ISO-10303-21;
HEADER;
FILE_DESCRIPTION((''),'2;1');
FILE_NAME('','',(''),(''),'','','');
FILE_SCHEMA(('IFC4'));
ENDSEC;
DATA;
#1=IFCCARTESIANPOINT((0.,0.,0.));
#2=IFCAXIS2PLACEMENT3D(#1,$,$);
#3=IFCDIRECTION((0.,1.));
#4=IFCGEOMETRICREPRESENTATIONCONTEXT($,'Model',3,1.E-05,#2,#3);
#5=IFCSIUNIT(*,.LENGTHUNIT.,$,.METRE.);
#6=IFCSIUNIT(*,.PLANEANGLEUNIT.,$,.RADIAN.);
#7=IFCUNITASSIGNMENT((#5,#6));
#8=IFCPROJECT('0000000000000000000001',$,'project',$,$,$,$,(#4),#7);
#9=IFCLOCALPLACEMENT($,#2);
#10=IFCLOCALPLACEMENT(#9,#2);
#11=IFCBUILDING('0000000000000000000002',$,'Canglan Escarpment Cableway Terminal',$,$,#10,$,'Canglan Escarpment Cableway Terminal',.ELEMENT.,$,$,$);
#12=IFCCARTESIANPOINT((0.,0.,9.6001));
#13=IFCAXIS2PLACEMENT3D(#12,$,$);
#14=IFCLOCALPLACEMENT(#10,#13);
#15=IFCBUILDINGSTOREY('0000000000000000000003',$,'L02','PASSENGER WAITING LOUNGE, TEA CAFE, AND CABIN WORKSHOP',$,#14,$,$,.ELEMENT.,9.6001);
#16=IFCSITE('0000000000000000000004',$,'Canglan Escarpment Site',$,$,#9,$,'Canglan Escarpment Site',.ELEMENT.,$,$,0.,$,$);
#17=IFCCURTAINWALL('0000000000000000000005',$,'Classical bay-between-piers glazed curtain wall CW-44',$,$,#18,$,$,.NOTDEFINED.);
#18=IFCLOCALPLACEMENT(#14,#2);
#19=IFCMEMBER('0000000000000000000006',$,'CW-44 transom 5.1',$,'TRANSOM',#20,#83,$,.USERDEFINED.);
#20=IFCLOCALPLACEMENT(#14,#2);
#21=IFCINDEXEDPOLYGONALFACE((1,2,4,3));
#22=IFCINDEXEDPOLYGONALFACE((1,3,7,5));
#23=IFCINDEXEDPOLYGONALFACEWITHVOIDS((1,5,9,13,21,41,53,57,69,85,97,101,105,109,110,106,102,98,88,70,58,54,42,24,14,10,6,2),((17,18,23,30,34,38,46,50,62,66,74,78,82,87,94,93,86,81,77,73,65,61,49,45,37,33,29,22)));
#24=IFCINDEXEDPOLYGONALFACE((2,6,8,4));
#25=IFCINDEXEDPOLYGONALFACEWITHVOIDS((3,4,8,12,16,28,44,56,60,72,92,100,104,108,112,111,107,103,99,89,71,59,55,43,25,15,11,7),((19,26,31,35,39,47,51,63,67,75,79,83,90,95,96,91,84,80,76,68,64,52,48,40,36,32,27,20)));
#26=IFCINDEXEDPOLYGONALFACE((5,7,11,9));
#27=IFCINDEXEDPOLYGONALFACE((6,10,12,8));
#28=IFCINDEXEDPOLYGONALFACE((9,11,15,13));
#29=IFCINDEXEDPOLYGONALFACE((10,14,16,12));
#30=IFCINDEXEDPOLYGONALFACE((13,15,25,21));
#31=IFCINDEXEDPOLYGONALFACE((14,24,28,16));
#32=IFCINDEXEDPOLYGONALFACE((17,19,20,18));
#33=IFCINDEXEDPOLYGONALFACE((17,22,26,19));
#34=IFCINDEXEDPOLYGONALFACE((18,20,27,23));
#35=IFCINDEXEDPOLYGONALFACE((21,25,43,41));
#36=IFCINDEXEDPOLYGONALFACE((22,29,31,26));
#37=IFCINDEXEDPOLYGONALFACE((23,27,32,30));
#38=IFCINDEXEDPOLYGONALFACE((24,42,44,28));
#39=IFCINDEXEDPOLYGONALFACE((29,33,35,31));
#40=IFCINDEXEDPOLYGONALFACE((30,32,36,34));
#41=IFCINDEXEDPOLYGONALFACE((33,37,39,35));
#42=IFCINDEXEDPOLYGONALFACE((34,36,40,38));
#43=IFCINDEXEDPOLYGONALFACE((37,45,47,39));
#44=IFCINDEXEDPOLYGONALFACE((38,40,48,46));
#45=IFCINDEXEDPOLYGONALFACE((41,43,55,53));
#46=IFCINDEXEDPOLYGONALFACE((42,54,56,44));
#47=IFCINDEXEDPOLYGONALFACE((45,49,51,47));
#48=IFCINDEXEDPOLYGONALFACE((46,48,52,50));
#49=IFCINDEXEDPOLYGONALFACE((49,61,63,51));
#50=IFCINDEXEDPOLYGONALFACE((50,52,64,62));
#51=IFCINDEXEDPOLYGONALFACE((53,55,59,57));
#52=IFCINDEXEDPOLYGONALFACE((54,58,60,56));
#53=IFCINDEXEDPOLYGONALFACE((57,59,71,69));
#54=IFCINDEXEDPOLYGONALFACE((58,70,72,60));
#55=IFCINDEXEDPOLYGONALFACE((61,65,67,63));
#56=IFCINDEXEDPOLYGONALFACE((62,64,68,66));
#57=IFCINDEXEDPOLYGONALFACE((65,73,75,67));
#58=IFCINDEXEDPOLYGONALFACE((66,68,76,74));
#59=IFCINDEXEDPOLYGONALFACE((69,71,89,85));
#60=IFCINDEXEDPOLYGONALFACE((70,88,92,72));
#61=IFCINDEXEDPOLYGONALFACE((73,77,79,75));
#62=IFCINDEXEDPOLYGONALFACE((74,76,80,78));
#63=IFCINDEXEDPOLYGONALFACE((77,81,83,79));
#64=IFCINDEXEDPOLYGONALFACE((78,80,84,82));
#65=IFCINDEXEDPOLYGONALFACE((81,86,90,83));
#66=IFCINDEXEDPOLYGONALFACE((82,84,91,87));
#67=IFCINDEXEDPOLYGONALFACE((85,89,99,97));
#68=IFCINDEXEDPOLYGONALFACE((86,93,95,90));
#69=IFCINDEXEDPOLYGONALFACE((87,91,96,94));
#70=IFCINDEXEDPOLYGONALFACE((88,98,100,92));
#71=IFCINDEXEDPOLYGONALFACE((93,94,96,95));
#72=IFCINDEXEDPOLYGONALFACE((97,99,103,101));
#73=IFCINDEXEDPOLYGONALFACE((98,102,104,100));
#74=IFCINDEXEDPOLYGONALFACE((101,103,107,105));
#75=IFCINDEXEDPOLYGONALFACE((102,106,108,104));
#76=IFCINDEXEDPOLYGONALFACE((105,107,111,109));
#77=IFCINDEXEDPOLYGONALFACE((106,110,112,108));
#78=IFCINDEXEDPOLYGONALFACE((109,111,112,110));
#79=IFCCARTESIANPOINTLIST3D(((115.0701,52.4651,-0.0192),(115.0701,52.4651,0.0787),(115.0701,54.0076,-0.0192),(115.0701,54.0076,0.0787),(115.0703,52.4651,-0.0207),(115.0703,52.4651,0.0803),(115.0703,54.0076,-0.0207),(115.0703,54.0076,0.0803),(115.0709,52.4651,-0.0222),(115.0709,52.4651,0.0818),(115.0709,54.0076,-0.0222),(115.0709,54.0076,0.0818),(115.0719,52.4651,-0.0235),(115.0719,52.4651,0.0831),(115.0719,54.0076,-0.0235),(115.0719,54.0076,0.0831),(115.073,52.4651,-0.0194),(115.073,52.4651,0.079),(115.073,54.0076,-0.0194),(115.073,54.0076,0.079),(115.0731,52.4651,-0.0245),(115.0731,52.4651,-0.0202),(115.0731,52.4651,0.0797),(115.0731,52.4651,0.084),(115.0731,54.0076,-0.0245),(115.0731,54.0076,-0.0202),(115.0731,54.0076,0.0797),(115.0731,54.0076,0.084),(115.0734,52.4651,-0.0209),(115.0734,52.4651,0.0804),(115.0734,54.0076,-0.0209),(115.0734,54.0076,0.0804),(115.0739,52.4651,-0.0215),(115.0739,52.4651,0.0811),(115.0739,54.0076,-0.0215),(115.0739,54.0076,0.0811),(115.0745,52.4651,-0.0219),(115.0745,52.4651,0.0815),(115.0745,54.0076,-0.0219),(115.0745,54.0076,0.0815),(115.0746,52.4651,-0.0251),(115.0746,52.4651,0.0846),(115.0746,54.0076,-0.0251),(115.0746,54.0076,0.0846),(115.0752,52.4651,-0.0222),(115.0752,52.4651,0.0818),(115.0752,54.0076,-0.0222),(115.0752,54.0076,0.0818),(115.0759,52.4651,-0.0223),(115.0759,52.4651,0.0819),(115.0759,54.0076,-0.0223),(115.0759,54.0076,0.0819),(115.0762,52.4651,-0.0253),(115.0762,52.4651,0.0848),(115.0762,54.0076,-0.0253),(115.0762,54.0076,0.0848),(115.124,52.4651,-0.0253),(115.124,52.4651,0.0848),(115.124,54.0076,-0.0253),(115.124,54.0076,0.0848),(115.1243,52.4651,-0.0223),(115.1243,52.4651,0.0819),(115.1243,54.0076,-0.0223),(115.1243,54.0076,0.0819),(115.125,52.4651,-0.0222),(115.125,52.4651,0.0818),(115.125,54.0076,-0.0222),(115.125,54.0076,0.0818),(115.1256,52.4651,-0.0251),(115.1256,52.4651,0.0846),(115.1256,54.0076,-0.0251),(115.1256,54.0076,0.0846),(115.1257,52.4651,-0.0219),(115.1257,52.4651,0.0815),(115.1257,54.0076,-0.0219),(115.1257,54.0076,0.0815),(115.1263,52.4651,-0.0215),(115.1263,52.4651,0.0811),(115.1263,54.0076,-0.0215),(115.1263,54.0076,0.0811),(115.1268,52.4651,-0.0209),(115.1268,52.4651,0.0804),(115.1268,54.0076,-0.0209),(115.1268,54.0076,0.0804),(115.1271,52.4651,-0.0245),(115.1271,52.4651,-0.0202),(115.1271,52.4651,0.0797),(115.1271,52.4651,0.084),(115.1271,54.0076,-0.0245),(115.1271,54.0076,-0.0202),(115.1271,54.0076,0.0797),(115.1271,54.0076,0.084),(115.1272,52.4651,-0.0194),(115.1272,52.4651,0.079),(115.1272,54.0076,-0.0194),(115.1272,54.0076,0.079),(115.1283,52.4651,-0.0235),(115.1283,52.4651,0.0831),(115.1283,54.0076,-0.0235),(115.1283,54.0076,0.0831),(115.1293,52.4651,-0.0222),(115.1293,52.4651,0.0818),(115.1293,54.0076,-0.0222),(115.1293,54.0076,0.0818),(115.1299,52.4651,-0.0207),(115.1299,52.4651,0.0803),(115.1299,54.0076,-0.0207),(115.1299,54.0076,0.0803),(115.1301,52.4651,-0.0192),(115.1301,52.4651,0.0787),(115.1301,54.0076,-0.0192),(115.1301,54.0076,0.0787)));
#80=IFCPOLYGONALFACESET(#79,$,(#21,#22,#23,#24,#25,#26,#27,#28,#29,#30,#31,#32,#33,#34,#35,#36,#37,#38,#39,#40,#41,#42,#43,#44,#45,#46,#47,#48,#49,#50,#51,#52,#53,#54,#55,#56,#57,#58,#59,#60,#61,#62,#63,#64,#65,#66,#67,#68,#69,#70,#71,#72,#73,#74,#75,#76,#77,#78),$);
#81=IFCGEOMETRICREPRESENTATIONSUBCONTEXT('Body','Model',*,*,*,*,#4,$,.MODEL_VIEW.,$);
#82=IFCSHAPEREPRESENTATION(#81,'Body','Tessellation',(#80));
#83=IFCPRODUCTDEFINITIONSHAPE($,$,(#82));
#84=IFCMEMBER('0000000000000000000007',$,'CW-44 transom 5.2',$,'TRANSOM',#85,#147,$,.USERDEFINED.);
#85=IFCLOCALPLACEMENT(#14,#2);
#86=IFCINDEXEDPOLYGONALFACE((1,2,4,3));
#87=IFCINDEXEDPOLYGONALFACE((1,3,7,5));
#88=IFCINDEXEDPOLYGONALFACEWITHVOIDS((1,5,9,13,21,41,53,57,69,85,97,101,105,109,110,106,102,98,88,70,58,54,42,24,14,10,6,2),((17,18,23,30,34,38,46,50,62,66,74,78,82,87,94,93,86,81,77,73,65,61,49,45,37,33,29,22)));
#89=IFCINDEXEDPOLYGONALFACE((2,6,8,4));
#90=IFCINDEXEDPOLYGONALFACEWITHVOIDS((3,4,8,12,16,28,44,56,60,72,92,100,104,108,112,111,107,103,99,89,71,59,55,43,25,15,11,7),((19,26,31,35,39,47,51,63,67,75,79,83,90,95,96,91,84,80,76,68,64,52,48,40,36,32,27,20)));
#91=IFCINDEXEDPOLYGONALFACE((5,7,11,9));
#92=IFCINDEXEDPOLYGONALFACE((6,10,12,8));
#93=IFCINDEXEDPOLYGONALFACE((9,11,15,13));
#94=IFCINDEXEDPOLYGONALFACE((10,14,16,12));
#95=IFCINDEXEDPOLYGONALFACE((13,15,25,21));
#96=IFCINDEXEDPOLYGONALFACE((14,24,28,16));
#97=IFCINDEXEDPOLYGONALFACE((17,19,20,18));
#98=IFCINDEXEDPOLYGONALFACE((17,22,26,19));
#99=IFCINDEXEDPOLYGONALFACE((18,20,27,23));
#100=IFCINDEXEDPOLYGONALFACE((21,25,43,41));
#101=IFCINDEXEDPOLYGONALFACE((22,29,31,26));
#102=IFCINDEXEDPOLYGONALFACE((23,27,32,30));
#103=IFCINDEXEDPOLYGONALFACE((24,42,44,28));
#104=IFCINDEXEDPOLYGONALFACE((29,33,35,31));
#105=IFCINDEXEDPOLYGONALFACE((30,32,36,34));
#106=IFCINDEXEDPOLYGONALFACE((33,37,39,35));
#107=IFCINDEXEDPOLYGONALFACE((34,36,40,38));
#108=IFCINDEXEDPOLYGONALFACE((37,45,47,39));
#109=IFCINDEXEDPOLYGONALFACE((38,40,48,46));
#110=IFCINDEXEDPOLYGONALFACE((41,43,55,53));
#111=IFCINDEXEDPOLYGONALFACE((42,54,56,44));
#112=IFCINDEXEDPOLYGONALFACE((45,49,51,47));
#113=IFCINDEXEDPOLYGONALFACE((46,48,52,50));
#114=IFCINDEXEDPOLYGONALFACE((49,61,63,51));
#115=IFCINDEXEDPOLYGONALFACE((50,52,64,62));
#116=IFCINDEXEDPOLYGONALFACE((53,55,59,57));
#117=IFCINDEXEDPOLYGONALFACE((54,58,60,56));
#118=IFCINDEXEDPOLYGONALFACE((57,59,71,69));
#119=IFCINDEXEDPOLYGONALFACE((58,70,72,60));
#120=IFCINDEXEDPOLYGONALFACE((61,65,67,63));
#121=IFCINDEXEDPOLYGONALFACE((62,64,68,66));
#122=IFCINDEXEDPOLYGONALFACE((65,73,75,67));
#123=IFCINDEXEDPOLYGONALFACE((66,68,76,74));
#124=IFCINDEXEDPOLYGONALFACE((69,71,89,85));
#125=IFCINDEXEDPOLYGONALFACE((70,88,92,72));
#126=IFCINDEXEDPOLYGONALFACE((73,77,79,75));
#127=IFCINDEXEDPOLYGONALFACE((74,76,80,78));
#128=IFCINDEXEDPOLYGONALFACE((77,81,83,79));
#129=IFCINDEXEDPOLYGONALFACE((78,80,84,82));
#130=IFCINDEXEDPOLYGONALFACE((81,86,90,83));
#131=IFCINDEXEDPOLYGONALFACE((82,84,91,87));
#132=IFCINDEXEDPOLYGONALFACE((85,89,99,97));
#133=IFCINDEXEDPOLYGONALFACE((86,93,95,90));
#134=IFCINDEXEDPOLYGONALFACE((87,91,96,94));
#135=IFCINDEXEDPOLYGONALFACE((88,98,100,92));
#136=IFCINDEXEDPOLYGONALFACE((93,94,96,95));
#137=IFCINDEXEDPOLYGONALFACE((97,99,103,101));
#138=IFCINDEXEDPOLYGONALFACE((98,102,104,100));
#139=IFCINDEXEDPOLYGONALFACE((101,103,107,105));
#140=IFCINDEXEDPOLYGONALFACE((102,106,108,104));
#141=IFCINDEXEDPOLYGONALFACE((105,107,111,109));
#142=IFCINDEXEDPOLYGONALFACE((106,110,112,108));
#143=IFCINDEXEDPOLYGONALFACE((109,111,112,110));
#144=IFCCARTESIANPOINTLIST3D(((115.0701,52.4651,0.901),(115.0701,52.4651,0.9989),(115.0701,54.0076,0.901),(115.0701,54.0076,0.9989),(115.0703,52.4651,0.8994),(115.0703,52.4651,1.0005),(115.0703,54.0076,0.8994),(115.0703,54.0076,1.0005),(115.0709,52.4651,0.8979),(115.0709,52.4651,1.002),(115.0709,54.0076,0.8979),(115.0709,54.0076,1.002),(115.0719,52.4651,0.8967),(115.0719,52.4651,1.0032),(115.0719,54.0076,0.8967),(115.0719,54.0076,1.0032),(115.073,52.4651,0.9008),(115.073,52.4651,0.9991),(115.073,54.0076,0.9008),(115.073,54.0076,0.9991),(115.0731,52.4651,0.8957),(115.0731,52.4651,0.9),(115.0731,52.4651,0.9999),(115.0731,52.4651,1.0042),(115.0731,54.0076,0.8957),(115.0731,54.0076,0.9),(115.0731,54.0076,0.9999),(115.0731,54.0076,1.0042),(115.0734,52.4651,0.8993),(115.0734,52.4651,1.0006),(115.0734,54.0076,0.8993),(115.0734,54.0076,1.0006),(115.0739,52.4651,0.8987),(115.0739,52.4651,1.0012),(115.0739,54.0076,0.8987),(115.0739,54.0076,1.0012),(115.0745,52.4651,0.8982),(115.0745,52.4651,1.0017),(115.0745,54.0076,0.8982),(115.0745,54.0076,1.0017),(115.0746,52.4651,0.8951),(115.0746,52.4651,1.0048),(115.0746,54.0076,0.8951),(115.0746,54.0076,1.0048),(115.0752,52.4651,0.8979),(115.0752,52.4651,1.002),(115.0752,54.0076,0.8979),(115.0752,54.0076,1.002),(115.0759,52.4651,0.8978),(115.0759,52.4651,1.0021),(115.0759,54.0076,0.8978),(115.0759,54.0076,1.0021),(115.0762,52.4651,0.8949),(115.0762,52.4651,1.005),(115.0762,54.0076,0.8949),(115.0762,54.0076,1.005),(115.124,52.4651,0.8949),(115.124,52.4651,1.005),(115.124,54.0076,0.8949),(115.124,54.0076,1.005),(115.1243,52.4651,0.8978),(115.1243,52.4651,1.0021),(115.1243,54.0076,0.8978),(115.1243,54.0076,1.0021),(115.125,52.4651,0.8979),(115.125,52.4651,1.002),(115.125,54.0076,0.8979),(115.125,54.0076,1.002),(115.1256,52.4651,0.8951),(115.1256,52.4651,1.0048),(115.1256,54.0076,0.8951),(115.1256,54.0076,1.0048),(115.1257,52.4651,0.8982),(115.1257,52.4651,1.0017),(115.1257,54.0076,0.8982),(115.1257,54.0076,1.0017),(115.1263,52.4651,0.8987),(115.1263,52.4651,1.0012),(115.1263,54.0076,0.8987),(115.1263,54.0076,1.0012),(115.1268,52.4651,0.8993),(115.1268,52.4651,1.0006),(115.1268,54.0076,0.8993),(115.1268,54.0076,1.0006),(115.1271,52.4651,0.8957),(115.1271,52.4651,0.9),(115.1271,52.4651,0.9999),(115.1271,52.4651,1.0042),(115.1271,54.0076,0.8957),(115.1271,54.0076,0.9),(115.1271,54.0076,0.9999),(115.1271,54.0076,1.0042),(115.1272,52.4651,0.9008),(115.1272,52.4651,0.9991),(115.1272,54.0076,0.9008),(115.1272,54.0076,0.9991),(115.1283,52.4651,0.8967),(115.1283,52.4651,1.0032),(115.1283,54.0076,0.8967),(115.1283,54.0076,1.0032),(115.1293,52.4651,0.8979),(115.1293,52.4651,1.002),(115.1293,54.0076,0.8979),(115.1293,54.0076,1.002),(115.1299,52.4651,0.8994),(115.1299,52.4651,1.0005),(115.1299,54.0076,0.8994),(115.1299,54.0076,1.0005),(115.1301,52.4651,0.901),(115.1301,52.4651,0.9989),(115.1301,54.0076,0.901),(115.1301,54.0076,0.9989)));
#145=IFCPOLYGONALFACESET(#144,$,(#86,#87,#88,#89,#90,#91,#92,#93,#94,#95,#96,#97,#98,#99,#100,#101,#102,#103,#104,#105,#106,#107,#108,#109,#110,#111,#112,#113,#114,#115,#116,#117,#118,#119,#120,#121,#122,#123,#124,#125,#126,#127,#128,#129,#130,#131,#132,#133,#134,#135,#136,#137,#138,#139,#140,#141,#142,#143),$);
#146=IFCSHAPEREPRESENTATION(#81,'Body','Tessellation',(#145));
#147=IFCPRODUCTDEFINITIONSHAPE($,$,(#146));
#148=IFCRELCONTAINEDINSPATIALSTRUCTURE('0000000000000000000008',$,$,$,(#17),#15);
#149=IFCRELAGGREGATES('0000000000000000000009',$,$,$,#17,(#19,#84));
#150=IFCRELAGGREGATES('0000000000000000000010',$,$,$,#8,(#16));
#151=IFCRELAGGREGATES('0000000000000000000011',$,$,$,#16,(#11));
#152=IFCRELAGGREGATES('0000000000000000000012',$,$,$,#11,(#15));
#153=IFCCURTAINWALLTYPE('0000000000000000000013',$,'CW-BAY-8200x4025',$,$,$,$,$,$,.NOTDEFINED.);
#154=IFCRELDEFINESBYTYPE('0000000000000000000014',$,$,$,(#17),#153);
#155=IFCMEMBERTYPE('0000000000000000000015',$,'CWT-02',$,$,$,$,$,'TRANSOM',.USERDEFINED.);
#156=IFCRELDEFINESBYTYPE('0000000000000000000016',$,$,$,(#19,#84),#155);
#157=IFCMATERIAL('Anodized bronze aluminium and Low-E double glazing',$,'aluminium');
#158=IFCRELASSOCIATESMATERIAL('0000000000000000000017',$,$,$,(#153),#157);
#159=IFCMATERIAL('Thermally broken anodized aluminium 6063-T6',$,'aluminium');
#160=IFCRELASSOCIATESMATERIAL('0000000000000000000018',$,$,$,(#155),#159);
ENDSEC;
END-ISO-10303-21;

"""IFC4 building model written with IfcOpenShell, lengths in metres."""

from ifc_helpers import new_model, si_unit, direction, frame, origin, origin_2d, place, context, subcontext, project, spatial, hollow_rectangle, extrude, material, material_profile, profile_set, type_object, element, aggregate, save


model = new_model("IFC4")

# Units and contexts
model_context = context("Model", 3, precision=1e-05, world=origin(), true_north=direction((0.0, 1.0)))
body_context = subcontext(model_context, "Body", "Model", "MODEL_VIEW")
ifc_project = project(units=[si_unit("LENGTHUNIT", "METRE"), si_unit("PLANEANGLEUNIT", "RADIAN")], contexts=[model_context])

# Site, building, storey
site_placement = place(None, origin())
site = spatial("IfcSite", under=ifc_project, at=site_placement, Name="Canglan Escarpment Site", LongName="Canglan Escarpment Site", CompositionType="ELEMENT", RefElevation=0.0)
building_placement = place(site_placement, origin())
building = spatial("IfcBuilding", under=site, at=building_placement, Name="Canglan Escarpment Cableway Terminal", LongName="Canglan Escarpment Cableway Terminal", CompositionType="ELEMENT")
storey_placement = place(building_placement, frame((0.0, 0.0, 9.6001)))
storey = spatial("IfcBuildingStorey", under=building, at=storey_placement, Name="L02", Description="PASSENGER WAITING LOUNGE, TEA CAFE, AND CABIN WORKSHOP", CompositionType="ELEMENT", Elevation=9.6001)

# Curtain wall
ifc_material_1 = material(Name="Anodized bronze aluminium and Low-E double glazing", Category="aluminium")
curtain_wall_type = type_object("IfcCurtainWallType", Name="CW-BAY-8200x4025", PredefinedType="NOTDEFINED", material=ifc_material_1)
ifc_material_2 = material(Name="Thermally broken anodized aluminium 6063-T6", Category="aluminium")
curtain_wall_1_placement = place(storey_placement, origin())
curtain_wall_1 = element("IfcCurtainWall", 1, at=curtain_wall_1_placement, inside=storey, type_object=curtain_wall_type, Name="Classical bay-between-piers glazed curtain wall CW-44", PredefinedType="NOTDEFINED")

# Members
ifc_material_profile_1 = material_profile(ifc_material_2, hollow_rectangle(XDim=0.0601, YDim=0.1101, WallThickness=0.0029, InnerFilletRadius=0.0029, OuterFilletRadius=0.0061, at=origin_2d()), Name="ALU-TRAN 60x110x3")
ifc_profile_set_1 = profile_set([ifc_material_profile_1], Name="Thermally broken anodized aluminium 6063-T6")
member_type_1 = type_object("IfcMemberType", Name="CWT-02", ElementType="TRANSOM", PredefinedType="USERDEFINED", material=ifc_profile_set_1)
member_1_placement = place(storey_placement, frame((115.1001, 54.0076, 0.0298), z_axis=(0.0, -1.0, 0.0), x_axis=(1.0, 0.0, 0.0)))
member_1 = element("IfcMember", 2, at=member_1_placement, type_object=member_type_1, Name="CW-44 transom 5.1", ObjectType="TRANSOM", PredefinedType="USERDEFINED", context=body_context, shape_type="SweptSolid", body=[
    extrude(hollow_rectangle(XDim=0.0601, YDim=0.1101, WallThickness=0.0029, InnerFilletRadius=0.0029, OuterFilletRadius=0.0061, at=origin_2d()), origin(), (0.0, 0.0, 1.0), 1.5425),
])
member_2_placement = place(storey_placement, frame((115.1001, 54.0076, 0.95), z_axis=(0.0, -1.0, 0.0), x_axis=(1.0, 0.0, 0.0)))
member_2 = element("IfcMember", 3, at=member_2_placement, type_object=member_type_1, Name="CW-44 transom 5.2", ObjectType="TRANSOM", PredefinedType="USERDEFINED", context=body_context, shape_type="SweptSolid", body=[
    extrude(hollow_rectangle(XDim=0.0601, YDim=0.1101, WallThickness=0.0029, InnerFilletRadius=0.0029, OuterFilletRadius=0.0061, at=origin_2d()), origin(), (0.0, 0.0, 1.0), 1.5425),
])

aggregate(curtain_wall_1, [member_1, member_2])

save(model, "model.ifc")
